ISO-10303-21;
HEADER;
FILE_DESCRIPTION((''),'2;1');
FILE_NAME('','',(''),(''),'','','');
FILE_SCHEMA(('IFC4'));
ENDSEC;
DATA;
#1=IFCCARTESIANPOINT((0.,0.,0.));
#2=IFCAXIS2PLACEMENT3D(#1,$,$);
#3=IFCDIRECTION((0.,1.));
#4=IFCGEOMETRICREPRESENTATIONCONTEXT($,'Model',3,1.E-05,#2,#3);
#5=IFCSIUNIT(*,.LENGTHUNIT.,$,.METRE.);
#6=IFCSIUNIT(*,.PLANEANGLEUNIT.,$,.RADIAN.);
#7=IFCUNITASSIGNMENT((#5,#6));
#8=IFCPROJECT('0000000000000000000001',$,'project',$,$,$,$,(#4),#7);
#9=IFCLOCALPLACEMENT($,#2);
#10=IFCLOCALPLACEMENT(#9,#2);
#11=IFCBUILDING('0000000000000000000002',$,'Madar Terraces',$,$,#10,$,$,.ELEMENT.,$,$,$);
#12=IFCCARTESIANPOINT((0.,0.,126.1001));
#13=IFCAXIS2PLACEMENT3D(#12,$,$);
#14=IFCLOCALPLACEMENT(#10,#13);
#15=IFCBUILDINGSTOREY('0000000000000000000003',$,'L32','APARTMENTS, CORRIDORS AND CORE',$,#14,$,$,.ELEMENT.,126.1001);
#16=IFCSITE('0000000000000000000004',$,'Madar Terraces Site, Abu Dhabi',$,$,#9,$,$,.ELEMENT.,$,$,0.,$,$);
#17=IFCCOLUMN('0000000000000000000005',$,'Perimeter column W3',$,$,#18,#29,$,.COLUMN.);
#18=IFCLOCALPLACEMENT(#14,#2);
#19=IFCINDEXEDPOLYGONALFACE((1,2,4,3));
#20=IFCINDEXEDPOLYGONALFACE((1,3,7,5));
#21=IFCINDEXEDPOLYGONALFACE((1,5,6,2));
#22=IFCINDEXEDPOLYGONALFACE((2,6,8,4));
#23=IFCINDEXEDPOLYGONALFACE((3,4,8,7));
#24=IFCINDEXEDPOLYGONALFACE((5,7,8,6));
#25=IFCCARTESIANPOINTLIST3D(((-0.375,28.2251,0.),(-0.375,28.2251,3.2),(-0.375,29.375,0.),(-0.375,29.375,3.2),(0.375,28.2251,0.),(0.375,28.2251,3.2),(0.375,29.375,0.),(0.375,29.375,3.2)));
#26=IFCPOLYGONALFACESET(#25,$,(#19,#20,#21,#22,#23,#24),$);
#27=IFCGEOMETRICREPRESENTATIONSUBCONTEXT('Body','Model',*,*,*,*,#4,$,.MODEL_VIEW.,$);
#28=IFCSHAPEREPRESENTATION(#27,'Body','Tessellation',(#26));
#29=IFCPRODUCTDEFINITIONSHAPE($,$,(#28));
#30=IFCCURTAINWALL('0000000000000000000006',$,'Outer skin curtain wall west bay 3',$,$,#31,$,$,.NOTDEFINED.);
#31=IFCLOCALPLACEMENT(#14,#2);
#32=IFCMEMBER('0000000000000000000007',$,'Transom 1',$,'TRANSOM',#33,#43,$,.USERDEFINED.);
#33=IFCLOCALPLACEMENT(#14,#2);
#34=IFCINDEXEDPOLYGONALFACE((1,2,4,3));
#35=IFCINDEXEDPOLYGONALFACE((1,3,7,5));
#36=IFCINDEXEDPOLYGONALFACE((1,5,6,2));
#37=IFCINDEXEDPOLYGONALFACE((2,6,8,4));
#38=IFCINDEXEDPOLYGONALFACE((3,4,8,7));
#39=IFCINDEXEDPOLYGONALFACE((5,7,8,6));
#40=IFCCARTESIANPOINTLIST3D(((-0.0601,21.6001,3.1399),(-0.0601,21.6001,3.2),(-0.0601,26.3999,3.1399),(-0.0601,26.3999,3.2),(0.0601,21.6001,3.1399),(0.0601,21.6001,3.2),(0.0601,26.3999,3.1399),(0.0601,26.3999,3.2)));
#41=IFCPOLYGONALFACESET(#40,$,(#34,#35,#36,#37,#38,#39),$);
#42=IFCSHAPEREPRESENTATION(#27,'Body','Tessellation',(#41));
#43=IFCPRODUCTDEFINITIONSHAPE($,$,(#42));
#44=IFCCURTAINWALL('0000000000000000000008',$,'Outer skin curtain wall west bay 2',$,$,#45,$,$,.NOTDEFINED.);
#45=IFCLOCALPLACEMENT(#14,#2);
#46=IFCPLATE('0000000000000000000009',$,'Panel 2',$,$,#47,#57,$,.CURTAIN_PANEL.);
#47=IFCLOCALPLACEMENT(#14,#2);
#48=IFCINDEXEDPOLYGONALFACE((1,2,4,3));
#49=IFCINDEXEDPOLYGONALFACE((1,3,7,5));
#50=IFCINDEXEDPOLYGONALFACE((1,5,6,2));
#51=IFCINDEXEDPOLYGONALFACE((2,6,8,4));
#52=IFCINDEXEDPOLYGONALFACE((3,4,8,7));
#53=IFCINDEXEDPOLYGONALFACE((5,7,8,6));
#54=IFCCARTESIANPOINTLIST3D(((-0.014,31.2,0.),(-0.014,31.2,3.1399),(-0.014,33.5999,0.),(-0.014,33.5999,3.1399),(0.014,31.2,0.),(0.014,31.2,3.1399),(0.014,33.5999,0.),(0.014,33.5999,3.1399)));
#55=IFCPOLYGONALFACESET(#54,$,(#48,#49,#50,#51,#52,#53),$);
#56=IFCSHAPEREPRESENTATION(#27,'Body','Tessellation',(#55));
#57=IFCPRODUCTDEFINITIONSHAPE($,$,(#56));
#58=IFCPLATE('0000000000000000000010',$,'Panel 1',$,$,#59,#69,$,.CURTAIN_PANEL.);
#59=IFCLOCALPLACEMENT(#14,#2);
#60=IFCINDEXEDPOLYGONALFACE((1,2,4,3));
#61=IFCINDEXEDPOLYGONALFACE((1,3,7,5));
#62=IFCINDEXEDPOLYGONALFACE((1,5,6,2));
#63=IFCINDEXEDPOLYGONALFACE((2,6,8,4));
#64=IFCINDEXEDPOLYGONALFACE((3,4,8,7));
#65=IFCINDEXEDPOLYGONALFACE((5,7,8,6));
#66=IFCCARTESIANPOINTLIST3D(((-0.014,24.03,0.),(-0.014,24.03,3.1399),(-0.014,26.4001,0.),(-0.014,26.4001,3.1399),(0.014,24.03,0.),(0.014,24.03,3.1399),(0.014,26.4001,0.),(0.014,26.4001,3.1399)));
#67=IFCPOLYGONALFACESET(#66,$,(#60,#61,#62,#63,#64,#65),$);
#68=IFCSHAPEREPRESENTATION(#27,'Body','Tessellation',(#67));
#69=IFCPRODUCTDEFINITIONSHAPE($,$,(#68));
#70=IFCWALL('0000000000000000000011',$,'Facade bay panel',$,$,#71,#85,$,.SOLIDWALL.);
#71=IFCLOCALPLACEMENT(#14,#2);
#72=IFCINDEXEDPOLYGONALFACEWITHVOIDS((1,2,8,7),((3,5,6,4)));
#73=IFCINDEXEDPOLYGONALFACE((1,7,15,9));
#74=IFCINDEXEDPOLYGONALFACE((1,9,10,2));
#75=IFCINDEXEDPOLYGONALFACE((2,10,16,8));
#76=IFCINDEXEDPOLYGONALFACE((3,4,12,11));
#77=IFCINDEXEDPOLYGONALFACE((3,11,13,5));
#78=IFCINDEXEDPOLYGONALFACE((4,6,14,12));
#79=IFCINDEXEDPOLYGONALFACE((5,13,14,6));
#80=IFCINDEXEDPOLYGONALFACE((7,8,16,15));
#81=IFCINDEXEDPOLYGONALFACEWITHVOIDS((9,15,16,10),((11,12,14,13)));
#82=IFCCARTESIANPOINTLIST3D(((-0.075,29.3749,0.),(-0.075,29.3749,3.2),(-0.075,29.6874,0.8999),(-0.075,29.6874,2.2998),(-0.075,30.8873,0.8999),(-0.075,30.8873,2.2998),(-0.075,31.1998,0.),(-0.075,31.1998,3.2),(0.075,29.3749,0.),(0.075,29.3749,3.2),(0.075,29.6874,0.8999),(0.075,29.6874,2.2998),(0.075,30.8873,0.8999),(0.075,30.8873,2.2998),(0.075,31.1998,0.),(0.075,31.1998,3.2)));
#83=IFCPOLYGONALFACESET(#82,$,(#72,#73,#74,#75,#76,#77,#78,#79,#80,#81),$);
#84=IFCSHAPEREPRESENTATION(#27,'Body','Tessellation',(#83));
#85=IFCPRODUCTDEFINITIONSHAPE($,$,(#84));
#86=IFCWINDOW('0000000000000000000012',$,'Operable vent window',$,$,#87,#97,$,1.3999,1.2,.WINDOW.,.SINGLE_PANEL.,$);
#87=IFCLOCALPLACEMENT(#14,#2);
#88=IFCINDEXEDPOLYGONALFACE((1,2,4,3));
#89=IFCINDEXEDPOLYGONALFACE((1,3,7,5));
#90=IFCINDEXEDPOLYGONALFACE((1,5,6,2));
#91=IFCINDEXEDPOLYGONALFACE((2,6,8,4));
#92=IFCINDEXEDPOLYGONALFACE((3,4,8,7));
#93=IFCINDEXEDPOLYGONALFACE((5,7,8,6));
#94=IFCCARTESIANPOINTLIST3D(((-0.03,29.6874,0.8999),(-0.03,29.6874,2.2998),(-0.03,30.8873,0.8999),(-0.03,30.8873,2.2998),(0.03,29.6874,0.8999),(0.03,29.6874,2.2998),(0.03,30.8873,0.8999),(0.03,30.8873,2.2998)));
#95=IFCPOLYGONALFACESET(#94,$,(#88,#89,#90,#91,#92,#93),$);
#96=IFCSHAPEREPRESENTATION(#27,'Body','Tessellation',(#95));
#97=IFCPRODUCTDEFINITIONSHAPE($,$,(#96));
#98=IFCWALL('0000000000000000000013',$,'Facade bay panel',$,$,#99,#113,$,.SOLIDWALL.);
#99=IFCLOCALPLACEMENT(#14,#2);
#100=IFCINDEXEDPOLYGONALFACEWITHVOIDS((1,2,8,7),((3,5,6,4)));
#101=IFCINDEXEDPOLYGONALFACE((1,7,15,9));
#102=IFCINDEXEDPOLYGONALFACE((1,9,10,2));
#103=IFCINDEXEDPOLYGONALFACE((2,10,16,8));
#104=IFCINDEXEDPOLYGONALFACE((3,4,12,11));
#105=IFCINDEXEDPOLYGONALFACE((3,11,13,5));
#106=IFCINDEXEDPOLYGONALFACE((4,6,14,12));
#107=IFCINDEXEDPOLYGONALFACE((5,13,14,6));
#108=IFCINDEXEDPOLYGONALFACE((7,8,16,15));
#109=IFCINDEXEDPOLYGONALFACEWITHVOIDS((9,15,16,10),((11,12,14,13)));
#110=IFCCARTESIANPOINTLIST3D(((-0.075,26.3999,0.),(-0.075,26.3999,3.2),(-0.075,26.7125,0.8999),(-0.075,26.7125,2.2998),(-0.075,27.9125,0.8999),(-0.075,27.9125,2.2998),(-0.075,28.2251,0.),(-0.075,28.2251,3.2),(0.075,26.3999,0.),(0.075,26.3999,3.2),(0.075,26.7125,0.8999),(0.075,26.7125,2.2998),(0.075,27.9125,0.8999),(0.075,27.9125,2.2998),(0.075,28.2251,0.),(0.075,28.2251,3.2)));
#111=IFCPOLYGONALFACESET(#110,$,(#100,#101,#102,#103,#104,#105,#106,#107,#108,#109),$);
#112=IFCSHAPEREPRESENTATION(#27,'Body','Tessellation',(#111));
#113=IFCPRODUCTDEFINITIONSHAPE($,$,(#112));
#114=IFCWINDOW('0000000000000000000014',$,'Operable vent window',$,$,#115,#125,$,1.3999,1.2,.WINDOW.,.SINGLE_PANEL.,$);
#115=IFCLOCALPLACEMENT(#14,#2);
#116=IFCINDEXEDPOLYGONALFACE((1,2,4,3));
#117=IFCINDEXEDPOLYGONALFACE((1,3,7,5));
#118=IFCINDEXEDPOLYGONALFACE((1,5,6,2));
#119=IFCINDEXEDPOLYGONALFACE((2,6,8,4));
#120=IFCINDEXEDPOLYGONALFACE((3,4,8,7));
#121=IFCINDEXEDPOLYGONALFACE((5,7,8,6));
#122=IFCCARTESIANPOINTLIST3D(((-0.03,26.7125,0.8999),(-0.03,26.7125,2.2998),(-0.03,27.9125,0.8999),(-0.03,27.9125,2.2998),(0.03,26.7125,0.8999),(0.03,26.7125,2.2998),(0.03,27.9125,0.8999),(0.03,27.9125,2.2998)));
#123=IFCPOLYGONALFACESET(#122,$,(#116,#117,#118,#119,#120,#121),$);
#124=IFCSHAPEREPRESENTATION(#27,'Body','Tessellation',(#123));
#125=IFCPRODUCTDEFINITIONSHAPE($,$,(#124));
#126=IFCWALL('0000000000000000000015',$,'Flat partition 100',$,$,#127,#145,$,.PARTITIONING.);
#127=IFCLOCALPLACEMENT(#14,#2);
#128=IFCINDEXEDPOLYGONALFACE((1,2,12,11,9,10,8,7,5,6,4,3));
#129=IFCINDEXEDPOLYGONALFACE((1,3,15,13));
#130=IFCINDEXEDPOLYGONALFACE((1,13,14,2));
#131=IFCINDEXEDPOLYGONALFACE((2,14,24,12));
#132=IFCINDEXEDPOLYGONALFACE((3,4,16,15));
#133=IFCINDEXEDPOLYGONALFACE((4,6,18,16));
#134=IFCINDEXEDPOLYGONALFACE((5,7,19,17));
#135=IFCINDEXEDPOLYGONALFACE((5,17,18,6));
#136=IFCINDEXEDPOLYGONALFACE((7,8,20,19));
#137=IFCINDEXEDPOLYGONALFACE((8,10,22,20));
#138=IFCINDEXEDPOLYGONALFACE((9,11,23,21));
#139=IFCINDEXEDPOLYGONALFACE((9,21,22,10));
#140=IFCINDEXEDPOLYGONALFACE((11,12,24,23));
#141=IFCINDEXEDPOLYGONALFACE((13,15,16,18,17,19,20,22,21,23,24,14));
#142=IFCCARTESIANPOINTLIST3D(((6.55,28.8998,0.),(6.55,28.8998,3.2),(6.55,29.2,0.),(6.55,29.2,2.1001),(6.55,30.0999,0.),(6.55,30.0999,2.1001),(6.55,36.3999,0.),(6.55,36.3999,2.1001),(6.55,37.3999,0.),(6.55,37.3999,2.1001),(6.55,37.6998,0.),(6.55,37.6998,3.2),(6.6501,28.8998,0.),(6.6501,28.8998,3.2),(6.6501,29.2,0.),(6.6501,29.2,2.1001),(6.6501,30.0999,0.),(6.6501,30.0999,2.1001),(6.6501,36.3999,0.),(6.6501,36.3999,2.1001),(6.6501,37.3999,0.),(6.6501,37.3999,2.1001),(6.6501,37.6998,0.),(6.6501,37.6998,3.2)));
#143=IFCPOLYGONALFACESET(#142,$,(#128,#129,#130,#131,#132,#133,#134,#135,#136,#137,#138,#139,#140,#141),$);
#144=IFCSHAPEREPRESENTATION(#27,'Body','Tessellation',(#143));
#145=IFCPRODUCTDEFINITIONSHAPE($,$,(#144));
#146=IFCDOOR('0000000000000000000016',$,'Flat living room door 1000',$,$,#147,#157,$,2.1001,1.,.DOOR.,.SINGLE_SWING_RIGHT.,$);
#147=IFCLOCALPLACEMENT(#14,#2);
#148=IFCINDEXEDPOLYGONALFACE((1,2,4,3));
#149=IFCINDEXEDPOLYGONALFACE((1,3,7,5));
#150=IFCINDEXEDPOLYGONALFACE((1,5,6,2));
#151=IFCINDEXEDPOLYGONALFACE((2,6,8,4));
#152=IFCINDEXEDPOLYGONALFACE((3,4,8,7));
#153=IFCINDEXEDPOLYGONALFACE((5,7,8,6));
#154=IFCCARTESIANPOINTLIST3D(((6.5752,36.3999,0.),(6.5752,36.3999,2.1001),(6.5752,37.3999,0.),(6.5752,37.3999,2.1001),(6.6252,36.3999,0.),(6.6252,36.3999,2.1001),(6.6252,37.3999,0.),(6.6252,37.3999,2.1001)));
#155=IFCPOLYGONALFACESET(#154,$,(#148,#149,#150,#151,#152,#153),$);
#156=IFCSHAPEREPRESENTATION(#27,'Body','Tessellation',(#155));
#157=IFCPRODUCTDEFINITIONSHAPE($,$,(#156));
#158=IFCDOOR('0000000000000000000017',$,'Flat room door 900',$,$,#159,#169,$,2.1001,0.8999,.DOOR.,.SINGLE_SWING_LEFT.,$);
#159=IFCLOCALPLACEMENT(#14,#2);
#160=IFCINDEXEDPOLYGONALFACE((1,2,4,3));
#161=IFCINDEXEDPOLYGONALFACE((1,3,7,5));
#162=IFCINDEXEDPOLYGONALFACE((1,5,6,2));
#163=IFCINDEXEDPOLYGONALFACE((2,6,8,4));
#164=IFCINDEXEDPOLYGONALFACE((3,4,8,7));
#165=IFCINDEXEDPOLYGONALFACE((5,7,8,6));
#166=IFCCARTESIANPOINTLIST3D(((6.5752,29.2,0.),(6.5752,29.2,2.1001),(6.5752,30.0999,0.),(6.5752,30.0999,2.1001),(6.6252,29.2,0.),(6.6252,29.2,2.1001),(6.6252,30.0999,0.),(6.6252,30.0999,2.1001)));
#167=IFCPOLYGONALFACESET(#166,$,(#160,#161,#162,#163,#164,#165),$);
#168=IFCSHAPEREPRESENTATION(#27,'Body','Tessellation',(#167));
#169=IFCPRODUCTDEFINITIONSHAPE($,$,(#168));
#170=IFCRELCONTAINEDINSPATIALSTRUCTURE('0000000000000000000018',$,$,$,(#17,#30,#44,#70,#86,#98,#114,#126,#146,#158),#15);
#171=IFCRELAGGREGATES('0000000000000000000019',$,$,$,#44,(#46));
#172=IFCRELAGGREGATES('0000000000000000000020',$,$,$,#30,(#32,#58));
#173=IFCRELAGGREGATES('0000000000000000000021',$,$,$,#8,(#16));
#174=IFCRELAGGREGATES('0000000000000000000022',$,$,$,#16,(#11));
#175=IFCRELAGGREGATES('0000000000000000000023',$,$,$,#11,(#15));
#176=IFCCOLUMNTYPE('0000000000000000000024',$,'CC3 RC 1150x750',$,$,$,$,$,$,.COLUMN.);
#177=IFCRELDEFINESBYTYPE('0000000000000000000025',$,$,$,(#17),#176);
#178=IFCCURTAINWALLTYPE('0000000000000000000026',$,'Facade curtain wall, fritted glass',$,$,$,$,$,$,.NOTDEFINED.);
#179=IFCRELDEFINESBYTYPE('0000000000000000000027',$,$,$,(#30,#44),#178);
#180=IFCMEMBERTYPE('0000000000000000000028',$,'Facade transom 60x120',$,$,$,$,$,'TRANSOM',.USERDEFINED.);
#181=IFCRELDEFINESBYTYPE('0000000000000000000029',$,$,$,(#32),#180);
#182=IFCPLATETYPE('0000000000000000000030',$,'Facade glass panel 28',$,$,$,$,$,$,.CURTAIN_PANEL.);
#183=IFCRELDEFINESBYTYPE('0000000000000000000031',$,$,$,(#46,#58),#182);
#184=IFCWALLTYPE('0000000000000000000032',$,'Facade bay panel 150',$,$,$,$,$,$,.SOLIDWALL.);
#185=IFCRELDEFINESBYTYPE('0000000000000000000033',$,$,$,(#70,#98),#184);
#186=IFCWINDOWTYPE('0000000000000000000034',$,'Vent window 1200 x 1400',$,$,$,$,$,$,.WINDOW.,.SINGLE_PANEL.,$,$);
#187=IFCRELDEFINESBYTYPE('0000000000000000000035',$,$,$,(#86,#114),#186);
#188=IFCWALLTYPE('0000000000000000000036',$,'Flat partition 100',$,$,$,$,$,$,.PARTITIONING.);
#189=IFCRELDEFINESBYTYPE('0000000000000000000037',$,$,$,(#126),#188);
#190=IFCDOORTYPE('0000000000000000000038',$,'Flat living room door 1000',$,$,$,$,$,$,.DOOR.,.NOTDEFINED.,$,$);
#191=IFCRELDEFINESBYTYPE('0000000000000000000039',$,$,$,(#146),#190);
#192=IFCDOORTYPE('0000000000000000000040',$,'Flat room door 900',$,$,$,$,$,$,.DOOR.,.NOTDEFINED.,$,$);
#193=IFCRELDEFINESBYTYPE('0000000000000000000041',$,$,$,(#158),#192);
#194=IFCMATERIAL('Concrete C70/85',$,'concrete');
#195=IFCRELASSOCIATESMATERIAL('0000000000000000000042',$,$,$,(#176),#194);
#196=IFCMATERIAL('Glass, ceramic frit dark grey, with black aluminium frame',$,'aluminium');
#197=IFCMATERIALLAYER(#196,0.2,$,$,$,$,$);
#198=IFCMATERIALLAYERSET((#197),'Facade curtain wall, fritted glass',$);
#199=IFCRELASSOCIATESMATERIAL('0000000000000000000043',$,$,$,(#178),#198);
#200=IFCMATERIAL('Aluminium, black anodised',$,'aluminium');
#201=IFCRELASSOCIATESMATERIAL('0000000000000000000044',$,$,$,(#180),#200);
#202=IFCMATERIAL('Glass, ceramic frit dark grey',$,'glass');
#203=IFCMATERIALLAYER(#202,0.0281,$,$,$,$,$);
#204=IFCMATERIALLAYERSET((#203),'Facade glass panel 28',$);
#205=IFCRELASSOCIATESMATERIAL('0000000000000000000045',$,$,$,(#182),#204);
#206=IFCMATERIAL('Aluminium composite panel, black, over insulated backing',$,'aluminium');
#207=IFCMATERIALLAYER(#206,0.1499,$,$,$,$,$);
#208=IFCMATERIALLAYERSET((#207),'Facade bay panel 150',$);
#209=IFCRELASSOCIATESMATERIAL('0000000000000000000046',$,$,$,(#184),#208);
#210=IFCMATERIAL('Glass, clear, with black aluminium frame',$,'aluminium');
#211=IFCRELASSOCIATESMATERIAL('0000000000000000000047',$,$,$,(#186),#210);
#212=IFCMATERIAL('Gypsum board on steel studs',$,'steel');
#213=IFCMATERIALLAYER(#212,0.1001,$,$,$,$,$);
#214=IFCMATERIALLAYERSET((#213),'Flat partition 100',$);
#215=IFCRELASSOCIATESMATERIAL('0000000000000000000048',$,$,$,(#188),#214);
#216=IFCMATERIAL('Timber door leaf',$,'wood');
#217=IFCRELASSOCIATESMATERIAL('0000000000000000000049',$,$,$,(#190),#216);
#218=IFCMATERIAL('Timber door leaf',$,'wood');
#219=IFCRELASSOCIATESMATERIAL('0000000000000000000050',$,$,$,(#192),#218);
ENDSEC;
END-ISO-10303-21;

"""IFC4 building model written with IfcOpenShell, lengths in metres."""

from ifc_helpers import new_model, si_unit, direction, frame, frame_2d, origin, origin_2d, place, context, subcontext, project, spatial, rectangle, extrude, material, layer, layer_set, material_profile, profile_set, type_object, element, fill, aggregate, save


model = new_model("IFC4")

# Units and contexts
model_context = context("Model", 3, precision=1e-05, world=origin(), true_north=direction((0.0, 1.0)))
body_context = subcontext(model_context, "Body", "Model", "MODEL_VIEW")
ifc_project = project(units=[si_unit("LENGTHUNIT", "METRE"), si_unit("PLANEANGLEUNIT", "RADIAN")], contexts=[model_context])

# Site, building, storey
site_placement = place(None, origin())
site = spatial("IfcSite", under=ifc_project, at=site_placement, Name="Madar Terraces Site, Abu Dhabi", CompositionType="ELEMENT", RefElevation=0.0)
building_placement = place(site_placement, origin())
building = spatial("IfcBuilding", under=site, at=building_placement, Name="Madar Terraces", CompositionType="ELEMENT")
storey_placement = place(building_placement, frame((0.0, 0.0, 126.1001)))
storey = spatial("IfcBuildingStorey", under=building, at=storey_placement, Name="L32", Description="APARTMENTS, CORRIDORS AND CORE", CompositionType="ELEMENT", Elevation=126.1001)

# Column
ifc_material_1 = material(Name="Concrete C70/85", Category="concrete")
ifc_material_profile_1 = material_profile(ifc_material_1, rectangle(XDim=1.1499, YDim=0.75, at=origin_2d()), Name="CC3 RC 1150x750")
ifc_profile_set_1 = profile_set([ifc_material_profile_1], Name="Concrete C70/85")
column_type = type_object("IfcColumnType", Name="CC3 RC 1150x750", PredefinedType="COLUMN", material=ifc_profile_set_1)
column_placement = place(storey_placement, frame((0.0, 28.8, 0.0), z_axis=(0.0, 0.0, 1.0), x_axis=(0.0, 1.0, 0.0)))
element("IfcColumn", 1, at=column_placement, inside=storey, type_object=column_type, Name="Perimeter column W3", PredefinedType="COLUMN", context=body_context, shape_type="SweptSolid", body=[
    extrude(rectangle(XDim=1.1499, YDim=0.75, at=origin_2d()), origin(), (0.0, 0.0, 1.0), 3.2),
])

# Curtain wall, member
ifc_material_2 = material(Name="Glass, ceramic frit dark grey, with black aluminium frame", Category="aluminium")
ifc_layer_1 = layer(ifc_material_2, 0.2)
ifc_layer_set_1 = layer_set([ifc_layer_1], Name="Facade curtain wall, fritted glass")
curtain_wall_type = type_object("IfcCurtainWallType", Name="Facade curtain wall, fritted glass", PredefinedType="NOTDEFINED", material=ifc_layer_set_1)
curtain_wall_1_placement = place(storey_placement, origin())
curtain_wall_1 = element("IfcCurtainWall", 2, at=curtain_wall_1_placement, inside=storey, type_object=curtain_wall_type, Name="Outer skin curtain wall west bay 3", PredefinedType="NOTDEFINED")
ifc_material_3 = material(Name="Aluminium, black anodised", Category="aluminium")
ifc_material_profile_2 = material_profile(ifc_material_3, rectangle(XDim=0.1201, YDim=0.0601, at=origin_2d()), Name="Facade transom 60x120")
ifc_profile_set_2 = profile_set([ifc_material_profile_2], Name="Aluminium, black anodised")
member_type = type_object("IfcMemberType", Name="Facade transom 60x120", ElementType="TRANSOM", PredefinedType="USERDEFINED", material=ifc_profile_set_2)
member_placement = place(storey_placement, frame((0.0, 26.3999, 3.1699), z_axis=(0.0, -1.0, 0.0), x_axis=(1.0, 0.0, 0.0)))
member = element("IfcMember", 3, at=member_placement, type_object=member_type, Name="Transom 1", ObjectType="TRANSOM", PredefinedType="USERDEFINED", context=body_context, shape_type="SweptSolid", body=[
    extrude(rectangle(XDim=0.1201, YDim=0.0601, at=origin_2d()), origin(), (0.0, 0.0, 1.0), 4.7998),
])

# Curtain wall, plate
curtain_wall_2_placement = place(storey_placement, origin())
curtain_wall_2 = element("IfcCurtainWall", 4, at=curtain_wall_2_placement, inside=storey, type_object=curtain_wall_type, Name="Outer skin curtain wall west bay 2", PredefinedType="NOTDEFINED")
ifc_material_4 = material(Name="Glass, ceramic frit dark grey", Category="glass")
ifc_layer_2 = layer(ifc_material_4, 0.0281)
ifc_layer_set_2 = layer_set([ifc_layer_2], Name="Facade glass panel 28")
plate_type = type_object("IfcPlateType", Name="Facade glass panel 28", PredefinedType="CURTAIN_PANEL", material=ifc_layer_set_2)
plate_1_placement = place(storey_placement, frame((0.0, 32.3999, 0.0), z_axis=(0.0, 0.0, 1.0), x_axis=(0.0, -1.0, 0.0)))
plate_1 = element("IfcPlate", 5, at=plate_1_placement, type_object=plate_type, Name="Panel 2", PredefinedType="CURTAIN_PANEL", context=body_context, shape_type="SweptSolid", body=[
    extrude(rectangle(XDim=2.3999, YDim=0.0281, at=origin_2d()), origin(), (0.0, 0.0, 1.0), 3.1399),
])
aggregate(curtain_wall_2, [plate_1])

# Plate
plate_2_placement = place(storey_placement, frame((0.0, 25.2151, 0.0), z_axis=(0.0, 0.0, 1.0), x_axis=(0.0, -1.0, 0.0)))
plate_2 = element("IfcPlate", 6, at=plate_2_placement, type_object=plate_type, Name="Panel 1", PredefinedType="CURTAIN_PANEL", context=body_context, shape_type="SweptSolid", body=[
    extrude(rectangle(XDim=2.3701, YDim=0.0281, at=origin_2d()), origin(), (0.0, 0.0, 1.0), 3.1399),
])
aggregate(curtain_wall_1, [member, plate_2])

# Walls, openings, windows
ifc_material_5 = material(Name="Aluminium composite panel, black, over insulated backing", Category="aluminium")
ifc_layer_3 = layer(ifc_material_5, 0.1499)
ifc_layer_set_3 = layer_set([ifc_layer_3], Name="Facade bay panel 150")
wall_type_1 = type_object("IfcWallType", Name="Facade bay panel 150", PredefinedType="SOLIDWALL", material=ifc_layer_set_3)
wall_1_placement = place(storey_placement, frame((0.0, 31.2, 0.0), z_axis=(0.0, 0.0, 1.0), x_axis=(0.0, -1.0, 0.0)))
wall_1 = element("IfcWall", 7, at=wall_1_placement, inside=storey, type_object=wall_type_1, Name="Facade bay panel", PredefinedType="SOLIDWALL", context=body_context, shape_type="SweptSolid", body=[
    extrude(rectangle(XDim=1.825, YDim=0.1499, at=frame_2d((0.9126, 0.0))), origin(), (0.0, 0.0, 1.0), 3.2),
])
opening_1_placement = place(wall_1_placement, frame((0.3125, 0.0, 0.8999)))
opening_1 = element("IfcOpeningElement", 8, at=opening_1_placement, cuts=wall_1, PredefinedType="OPENING", context=body_context, shape_type="SweptSolid", body=[
    extrude(rectangle(XDim=1.2, YDim=1.3999, at=frame_2d((0.6001, 0.7))), frame((0.0, 0.085, 0.0), z_axis=(0.0, -1.0, 0.0), x_axis=(1.0, 0.0, 0.0)), (0.0, 0.0, 1.0), 0.1699),
])
ifc_material_6 = material(Name="Glass, clear, with black aluminium frame", Category="aluminium")
window_type = type_object("IfcWindowType", Name="Vent window 1200 x 1400", PartitioningType="SINGLE_PANEL", PredefinedType="WINDOW", material=ifc_material_6)
window_1_placement = place(opening_1_placement, origin())
window_1 = element("IfcWindow", 9, at=window_1_placement, inside=storey, type_object=window_type, Name="Operable vent window", OverallHeight=1.3999, OverallWidth=1.2, PartitioningType="SINGLE_PANEL", PredefinedType="WINDOW", context=body_context, shape_type="SweptSolid", body=[
    extrude(rectangle(XDim=1.2, YDim=1.3999, at=frame_2d((0.6001, 0.7))), frame((0.0, 0.03, 0.0), z_axis=(0.0, -1.0, 0.0), x_axis=(1.0, 0.0, 0.0)), (0.0, 0.0, 1.0), 0.0601),
])
fill(opening_1, window_1)
wall_2_placement = place(storey_placement, frame((0.0, 28.2251, 0.0), z_axis=(0.0, 0.0, 1.0), x_axis=(0.0, -1.0, 0.0)))
wall_2 = element("IfcWall", 10, at=wall_2_placement, inside=storey, type_object=wall_type_1, Name="Facade bay panel", PredefinedType="SOLIDWALL", context=body_context, shape_type="SweptSolid", body=[
    extrude(rectangle(XDim=1.8252, YDim=0.1499, at=frame_2d((0.9126, 0.0))), origin(), (0.0, 0.0, 1.0), 3.2),
])
opening_2_placement = place(wall_2_placement, frame((0.3125, 0.0, 0.8999)))
opening_2 = element("IfcOpeningElement", 11, at=opening_2_placement, cuts=wall_2, PredefinedType="OPENING", context=body_context, shape_type="SweptSolid", body=[
    extrude(rectangle(XDim=1.2, YDim=1.3999, at=frame_2d((0.6001, 0.7))), frame((0.0, 0.085, 0.0), z_axis=(0.0, -1.0, 0.0), x_axis=(1.0, 0.0, 0.0)), (0.0, 0.0, 1.0), 0.1699),
])
window_2_placement = place(opening_2_placement, origin())
window_2 = element("IfcWindow", 12, at=window_2_placement, inside=storey, type_object=window_type, Name="Operable vent window", OverallHeight=1.3999, OverallWidth=1.2, PartitioningType="SINGLE_PANEL", PredefinedType="WINDOW", context=body_context, shape_type="SweptSolid", body=[
    extrude(rectangle(XDim=1.2, YDim=1.3999, at=frame_2d((0.6001, 0.7))), frame((0.0, 0.03, 0.0), z_axis=(0.0, -1.0, 0.0), x_axis=(1.0, 0.0, 0.0)), (0.0, 0.0, 1.0), 0.0601),
])
fill(opening_2, window_2)

# Wall, openings, doors
ifc_material_7 = material(Name="Gypsum board on steel studs", Category="steel")
ifc_layer_4 = layer(ifc_material_7, 0.1001)
ifc_layer_set_4 = layer_set([ifc_layer_4], Name="Flat partition 100")
wall_type_2 = type_object("IfcWallType", Name="Flat partition 100", PredefinedType="PARTITIONING", material=ifc_layer_set_4)
wall_3_placement = place(storey_placement, frame((6.6001, 28.8999, 0.0), z_axis=(0.0, 0.0, 1.0), x_axis=(0.0, 1.0, 0.0)))
wall_3 = element("IfcWall", 13, at=wall_3_placement, inside=storey, type_object=wall_type_2, Name="Flat partition 100", PredefinedType="PARTITIONING", context=body_context, shape_type="SweptSolid", body=[
    extrude(rectangle(XDim=8.8, YDim=0.1001, at=frame_2d((4.3999, 0.0))), origin(), (0.0, 0.0, 1.0), 3.2),
])
opening_3_placement = place(wall_3_placement, frame((7.5, 0.0, 0.0)))
opening_3 = element("IfcOpeningElement", 14, at=opening_3_placement, cuts=wall_3, PredefinedType="OPENING", context=body_context, shape_type="SweptSolid", body=[
    extrude(rectangle(XDim=1.0, YDim=2.1001, at=frame_2d((0.5, 1.05))), frame((0.0, 0.0601, 0.0), z_axis=(0.0, -1.0, 0.0), x_axis=(1.0, 0.0, 0.0)), (0.0, 0.0, 1.0), 0.1201),
])
opening_4_placement = place(wall_3_placement, frame((0.3, 0.0, 0.0)))
opening_4 = element("IfcOpeningElement", 15, at=opening_4_placement, cuts=wall_3, PredefinedType="OPENING", context=body_context, shape_type="SweptSolid", body=[
    extrude(rectangle(XDim=0.8999, YDim=2.1001, at=frame_2d((0.45, 1.05))), frame((0.0, 0.0601, 0.0), z_axis=(0.0, -1.0, 0.0), x_axis=(1.0, 0.0, 0.0)), (0.0, 0.0, 1.0), 0.1201),
])
ifc_material_8 = material(Name="Timber door leaf", Category="wood")
door_type_1 = type_object("IfcDoorType", Name="Flat living room door 1000", OperationType="NOTDEFINED", PredefinedType="DOOR", material=ifc_material_8)
door_1_placement = place(opening_3_placement, origin())
door_1 = element("IfcDoor", 16, at=door_1_placement, inside=storey, type_object=door_type_1, Name="Flat living room door 1000", OperationType="SINGLE_SWING_RIGHT", OverallHeight=2.1001, OverallWidth=1.0, PredefinedType="DOOR", context=body_context, shape_type="SweptSolid", body=[
    extrude(rectangle(XDim=1.0, YDim=2.1001, at=frame_2d((0.5, 1.05))), frame((0.0, 0.0249, 0.0), z_axis=(0.0, -1.0, 0.0), x_axis=(1.0, 0.0, 0.0)), (0.0, 0.0, 1.0), 0.05),
])
fill(opening_3, door_1)
ifc_material_9 = material(Name="Timber door leaf", Category="wood")
door_type_2 = type_object("IfcDoorType", Name="Flat room door 900", OperationType="NOTDEFINED", PredefinedType="DOOR", material=ifc_material_9)
door_2_placement = place(opening_4_placement, origin())
door_2 = element("IfcDoor", 17, at=door_2_placement, inside=storey, type_object=door_type_2, Name="Flat room door 900", OperationType="SINGLE_SWING_LEFT", OverallHeight=2.1001, OverallWidth=0.8999, PredefinedType="DOOR", context=body_context, shape_type="SweptSolid", body=[
    extrude(rectangle(XDim=0.8999, YDim=2.1001, at=frame_2d((0.45, 1.05))), frame((0.0, 0.0249, 0.0), z_axis=(0.0, -1.0, 0.0), x_axis=(1.0, 0.0, 0.0)), (0.0, 0.0, 1.0), 0.05),
])
fill(opening_4, door_2)

save(model, "model.ifc")
